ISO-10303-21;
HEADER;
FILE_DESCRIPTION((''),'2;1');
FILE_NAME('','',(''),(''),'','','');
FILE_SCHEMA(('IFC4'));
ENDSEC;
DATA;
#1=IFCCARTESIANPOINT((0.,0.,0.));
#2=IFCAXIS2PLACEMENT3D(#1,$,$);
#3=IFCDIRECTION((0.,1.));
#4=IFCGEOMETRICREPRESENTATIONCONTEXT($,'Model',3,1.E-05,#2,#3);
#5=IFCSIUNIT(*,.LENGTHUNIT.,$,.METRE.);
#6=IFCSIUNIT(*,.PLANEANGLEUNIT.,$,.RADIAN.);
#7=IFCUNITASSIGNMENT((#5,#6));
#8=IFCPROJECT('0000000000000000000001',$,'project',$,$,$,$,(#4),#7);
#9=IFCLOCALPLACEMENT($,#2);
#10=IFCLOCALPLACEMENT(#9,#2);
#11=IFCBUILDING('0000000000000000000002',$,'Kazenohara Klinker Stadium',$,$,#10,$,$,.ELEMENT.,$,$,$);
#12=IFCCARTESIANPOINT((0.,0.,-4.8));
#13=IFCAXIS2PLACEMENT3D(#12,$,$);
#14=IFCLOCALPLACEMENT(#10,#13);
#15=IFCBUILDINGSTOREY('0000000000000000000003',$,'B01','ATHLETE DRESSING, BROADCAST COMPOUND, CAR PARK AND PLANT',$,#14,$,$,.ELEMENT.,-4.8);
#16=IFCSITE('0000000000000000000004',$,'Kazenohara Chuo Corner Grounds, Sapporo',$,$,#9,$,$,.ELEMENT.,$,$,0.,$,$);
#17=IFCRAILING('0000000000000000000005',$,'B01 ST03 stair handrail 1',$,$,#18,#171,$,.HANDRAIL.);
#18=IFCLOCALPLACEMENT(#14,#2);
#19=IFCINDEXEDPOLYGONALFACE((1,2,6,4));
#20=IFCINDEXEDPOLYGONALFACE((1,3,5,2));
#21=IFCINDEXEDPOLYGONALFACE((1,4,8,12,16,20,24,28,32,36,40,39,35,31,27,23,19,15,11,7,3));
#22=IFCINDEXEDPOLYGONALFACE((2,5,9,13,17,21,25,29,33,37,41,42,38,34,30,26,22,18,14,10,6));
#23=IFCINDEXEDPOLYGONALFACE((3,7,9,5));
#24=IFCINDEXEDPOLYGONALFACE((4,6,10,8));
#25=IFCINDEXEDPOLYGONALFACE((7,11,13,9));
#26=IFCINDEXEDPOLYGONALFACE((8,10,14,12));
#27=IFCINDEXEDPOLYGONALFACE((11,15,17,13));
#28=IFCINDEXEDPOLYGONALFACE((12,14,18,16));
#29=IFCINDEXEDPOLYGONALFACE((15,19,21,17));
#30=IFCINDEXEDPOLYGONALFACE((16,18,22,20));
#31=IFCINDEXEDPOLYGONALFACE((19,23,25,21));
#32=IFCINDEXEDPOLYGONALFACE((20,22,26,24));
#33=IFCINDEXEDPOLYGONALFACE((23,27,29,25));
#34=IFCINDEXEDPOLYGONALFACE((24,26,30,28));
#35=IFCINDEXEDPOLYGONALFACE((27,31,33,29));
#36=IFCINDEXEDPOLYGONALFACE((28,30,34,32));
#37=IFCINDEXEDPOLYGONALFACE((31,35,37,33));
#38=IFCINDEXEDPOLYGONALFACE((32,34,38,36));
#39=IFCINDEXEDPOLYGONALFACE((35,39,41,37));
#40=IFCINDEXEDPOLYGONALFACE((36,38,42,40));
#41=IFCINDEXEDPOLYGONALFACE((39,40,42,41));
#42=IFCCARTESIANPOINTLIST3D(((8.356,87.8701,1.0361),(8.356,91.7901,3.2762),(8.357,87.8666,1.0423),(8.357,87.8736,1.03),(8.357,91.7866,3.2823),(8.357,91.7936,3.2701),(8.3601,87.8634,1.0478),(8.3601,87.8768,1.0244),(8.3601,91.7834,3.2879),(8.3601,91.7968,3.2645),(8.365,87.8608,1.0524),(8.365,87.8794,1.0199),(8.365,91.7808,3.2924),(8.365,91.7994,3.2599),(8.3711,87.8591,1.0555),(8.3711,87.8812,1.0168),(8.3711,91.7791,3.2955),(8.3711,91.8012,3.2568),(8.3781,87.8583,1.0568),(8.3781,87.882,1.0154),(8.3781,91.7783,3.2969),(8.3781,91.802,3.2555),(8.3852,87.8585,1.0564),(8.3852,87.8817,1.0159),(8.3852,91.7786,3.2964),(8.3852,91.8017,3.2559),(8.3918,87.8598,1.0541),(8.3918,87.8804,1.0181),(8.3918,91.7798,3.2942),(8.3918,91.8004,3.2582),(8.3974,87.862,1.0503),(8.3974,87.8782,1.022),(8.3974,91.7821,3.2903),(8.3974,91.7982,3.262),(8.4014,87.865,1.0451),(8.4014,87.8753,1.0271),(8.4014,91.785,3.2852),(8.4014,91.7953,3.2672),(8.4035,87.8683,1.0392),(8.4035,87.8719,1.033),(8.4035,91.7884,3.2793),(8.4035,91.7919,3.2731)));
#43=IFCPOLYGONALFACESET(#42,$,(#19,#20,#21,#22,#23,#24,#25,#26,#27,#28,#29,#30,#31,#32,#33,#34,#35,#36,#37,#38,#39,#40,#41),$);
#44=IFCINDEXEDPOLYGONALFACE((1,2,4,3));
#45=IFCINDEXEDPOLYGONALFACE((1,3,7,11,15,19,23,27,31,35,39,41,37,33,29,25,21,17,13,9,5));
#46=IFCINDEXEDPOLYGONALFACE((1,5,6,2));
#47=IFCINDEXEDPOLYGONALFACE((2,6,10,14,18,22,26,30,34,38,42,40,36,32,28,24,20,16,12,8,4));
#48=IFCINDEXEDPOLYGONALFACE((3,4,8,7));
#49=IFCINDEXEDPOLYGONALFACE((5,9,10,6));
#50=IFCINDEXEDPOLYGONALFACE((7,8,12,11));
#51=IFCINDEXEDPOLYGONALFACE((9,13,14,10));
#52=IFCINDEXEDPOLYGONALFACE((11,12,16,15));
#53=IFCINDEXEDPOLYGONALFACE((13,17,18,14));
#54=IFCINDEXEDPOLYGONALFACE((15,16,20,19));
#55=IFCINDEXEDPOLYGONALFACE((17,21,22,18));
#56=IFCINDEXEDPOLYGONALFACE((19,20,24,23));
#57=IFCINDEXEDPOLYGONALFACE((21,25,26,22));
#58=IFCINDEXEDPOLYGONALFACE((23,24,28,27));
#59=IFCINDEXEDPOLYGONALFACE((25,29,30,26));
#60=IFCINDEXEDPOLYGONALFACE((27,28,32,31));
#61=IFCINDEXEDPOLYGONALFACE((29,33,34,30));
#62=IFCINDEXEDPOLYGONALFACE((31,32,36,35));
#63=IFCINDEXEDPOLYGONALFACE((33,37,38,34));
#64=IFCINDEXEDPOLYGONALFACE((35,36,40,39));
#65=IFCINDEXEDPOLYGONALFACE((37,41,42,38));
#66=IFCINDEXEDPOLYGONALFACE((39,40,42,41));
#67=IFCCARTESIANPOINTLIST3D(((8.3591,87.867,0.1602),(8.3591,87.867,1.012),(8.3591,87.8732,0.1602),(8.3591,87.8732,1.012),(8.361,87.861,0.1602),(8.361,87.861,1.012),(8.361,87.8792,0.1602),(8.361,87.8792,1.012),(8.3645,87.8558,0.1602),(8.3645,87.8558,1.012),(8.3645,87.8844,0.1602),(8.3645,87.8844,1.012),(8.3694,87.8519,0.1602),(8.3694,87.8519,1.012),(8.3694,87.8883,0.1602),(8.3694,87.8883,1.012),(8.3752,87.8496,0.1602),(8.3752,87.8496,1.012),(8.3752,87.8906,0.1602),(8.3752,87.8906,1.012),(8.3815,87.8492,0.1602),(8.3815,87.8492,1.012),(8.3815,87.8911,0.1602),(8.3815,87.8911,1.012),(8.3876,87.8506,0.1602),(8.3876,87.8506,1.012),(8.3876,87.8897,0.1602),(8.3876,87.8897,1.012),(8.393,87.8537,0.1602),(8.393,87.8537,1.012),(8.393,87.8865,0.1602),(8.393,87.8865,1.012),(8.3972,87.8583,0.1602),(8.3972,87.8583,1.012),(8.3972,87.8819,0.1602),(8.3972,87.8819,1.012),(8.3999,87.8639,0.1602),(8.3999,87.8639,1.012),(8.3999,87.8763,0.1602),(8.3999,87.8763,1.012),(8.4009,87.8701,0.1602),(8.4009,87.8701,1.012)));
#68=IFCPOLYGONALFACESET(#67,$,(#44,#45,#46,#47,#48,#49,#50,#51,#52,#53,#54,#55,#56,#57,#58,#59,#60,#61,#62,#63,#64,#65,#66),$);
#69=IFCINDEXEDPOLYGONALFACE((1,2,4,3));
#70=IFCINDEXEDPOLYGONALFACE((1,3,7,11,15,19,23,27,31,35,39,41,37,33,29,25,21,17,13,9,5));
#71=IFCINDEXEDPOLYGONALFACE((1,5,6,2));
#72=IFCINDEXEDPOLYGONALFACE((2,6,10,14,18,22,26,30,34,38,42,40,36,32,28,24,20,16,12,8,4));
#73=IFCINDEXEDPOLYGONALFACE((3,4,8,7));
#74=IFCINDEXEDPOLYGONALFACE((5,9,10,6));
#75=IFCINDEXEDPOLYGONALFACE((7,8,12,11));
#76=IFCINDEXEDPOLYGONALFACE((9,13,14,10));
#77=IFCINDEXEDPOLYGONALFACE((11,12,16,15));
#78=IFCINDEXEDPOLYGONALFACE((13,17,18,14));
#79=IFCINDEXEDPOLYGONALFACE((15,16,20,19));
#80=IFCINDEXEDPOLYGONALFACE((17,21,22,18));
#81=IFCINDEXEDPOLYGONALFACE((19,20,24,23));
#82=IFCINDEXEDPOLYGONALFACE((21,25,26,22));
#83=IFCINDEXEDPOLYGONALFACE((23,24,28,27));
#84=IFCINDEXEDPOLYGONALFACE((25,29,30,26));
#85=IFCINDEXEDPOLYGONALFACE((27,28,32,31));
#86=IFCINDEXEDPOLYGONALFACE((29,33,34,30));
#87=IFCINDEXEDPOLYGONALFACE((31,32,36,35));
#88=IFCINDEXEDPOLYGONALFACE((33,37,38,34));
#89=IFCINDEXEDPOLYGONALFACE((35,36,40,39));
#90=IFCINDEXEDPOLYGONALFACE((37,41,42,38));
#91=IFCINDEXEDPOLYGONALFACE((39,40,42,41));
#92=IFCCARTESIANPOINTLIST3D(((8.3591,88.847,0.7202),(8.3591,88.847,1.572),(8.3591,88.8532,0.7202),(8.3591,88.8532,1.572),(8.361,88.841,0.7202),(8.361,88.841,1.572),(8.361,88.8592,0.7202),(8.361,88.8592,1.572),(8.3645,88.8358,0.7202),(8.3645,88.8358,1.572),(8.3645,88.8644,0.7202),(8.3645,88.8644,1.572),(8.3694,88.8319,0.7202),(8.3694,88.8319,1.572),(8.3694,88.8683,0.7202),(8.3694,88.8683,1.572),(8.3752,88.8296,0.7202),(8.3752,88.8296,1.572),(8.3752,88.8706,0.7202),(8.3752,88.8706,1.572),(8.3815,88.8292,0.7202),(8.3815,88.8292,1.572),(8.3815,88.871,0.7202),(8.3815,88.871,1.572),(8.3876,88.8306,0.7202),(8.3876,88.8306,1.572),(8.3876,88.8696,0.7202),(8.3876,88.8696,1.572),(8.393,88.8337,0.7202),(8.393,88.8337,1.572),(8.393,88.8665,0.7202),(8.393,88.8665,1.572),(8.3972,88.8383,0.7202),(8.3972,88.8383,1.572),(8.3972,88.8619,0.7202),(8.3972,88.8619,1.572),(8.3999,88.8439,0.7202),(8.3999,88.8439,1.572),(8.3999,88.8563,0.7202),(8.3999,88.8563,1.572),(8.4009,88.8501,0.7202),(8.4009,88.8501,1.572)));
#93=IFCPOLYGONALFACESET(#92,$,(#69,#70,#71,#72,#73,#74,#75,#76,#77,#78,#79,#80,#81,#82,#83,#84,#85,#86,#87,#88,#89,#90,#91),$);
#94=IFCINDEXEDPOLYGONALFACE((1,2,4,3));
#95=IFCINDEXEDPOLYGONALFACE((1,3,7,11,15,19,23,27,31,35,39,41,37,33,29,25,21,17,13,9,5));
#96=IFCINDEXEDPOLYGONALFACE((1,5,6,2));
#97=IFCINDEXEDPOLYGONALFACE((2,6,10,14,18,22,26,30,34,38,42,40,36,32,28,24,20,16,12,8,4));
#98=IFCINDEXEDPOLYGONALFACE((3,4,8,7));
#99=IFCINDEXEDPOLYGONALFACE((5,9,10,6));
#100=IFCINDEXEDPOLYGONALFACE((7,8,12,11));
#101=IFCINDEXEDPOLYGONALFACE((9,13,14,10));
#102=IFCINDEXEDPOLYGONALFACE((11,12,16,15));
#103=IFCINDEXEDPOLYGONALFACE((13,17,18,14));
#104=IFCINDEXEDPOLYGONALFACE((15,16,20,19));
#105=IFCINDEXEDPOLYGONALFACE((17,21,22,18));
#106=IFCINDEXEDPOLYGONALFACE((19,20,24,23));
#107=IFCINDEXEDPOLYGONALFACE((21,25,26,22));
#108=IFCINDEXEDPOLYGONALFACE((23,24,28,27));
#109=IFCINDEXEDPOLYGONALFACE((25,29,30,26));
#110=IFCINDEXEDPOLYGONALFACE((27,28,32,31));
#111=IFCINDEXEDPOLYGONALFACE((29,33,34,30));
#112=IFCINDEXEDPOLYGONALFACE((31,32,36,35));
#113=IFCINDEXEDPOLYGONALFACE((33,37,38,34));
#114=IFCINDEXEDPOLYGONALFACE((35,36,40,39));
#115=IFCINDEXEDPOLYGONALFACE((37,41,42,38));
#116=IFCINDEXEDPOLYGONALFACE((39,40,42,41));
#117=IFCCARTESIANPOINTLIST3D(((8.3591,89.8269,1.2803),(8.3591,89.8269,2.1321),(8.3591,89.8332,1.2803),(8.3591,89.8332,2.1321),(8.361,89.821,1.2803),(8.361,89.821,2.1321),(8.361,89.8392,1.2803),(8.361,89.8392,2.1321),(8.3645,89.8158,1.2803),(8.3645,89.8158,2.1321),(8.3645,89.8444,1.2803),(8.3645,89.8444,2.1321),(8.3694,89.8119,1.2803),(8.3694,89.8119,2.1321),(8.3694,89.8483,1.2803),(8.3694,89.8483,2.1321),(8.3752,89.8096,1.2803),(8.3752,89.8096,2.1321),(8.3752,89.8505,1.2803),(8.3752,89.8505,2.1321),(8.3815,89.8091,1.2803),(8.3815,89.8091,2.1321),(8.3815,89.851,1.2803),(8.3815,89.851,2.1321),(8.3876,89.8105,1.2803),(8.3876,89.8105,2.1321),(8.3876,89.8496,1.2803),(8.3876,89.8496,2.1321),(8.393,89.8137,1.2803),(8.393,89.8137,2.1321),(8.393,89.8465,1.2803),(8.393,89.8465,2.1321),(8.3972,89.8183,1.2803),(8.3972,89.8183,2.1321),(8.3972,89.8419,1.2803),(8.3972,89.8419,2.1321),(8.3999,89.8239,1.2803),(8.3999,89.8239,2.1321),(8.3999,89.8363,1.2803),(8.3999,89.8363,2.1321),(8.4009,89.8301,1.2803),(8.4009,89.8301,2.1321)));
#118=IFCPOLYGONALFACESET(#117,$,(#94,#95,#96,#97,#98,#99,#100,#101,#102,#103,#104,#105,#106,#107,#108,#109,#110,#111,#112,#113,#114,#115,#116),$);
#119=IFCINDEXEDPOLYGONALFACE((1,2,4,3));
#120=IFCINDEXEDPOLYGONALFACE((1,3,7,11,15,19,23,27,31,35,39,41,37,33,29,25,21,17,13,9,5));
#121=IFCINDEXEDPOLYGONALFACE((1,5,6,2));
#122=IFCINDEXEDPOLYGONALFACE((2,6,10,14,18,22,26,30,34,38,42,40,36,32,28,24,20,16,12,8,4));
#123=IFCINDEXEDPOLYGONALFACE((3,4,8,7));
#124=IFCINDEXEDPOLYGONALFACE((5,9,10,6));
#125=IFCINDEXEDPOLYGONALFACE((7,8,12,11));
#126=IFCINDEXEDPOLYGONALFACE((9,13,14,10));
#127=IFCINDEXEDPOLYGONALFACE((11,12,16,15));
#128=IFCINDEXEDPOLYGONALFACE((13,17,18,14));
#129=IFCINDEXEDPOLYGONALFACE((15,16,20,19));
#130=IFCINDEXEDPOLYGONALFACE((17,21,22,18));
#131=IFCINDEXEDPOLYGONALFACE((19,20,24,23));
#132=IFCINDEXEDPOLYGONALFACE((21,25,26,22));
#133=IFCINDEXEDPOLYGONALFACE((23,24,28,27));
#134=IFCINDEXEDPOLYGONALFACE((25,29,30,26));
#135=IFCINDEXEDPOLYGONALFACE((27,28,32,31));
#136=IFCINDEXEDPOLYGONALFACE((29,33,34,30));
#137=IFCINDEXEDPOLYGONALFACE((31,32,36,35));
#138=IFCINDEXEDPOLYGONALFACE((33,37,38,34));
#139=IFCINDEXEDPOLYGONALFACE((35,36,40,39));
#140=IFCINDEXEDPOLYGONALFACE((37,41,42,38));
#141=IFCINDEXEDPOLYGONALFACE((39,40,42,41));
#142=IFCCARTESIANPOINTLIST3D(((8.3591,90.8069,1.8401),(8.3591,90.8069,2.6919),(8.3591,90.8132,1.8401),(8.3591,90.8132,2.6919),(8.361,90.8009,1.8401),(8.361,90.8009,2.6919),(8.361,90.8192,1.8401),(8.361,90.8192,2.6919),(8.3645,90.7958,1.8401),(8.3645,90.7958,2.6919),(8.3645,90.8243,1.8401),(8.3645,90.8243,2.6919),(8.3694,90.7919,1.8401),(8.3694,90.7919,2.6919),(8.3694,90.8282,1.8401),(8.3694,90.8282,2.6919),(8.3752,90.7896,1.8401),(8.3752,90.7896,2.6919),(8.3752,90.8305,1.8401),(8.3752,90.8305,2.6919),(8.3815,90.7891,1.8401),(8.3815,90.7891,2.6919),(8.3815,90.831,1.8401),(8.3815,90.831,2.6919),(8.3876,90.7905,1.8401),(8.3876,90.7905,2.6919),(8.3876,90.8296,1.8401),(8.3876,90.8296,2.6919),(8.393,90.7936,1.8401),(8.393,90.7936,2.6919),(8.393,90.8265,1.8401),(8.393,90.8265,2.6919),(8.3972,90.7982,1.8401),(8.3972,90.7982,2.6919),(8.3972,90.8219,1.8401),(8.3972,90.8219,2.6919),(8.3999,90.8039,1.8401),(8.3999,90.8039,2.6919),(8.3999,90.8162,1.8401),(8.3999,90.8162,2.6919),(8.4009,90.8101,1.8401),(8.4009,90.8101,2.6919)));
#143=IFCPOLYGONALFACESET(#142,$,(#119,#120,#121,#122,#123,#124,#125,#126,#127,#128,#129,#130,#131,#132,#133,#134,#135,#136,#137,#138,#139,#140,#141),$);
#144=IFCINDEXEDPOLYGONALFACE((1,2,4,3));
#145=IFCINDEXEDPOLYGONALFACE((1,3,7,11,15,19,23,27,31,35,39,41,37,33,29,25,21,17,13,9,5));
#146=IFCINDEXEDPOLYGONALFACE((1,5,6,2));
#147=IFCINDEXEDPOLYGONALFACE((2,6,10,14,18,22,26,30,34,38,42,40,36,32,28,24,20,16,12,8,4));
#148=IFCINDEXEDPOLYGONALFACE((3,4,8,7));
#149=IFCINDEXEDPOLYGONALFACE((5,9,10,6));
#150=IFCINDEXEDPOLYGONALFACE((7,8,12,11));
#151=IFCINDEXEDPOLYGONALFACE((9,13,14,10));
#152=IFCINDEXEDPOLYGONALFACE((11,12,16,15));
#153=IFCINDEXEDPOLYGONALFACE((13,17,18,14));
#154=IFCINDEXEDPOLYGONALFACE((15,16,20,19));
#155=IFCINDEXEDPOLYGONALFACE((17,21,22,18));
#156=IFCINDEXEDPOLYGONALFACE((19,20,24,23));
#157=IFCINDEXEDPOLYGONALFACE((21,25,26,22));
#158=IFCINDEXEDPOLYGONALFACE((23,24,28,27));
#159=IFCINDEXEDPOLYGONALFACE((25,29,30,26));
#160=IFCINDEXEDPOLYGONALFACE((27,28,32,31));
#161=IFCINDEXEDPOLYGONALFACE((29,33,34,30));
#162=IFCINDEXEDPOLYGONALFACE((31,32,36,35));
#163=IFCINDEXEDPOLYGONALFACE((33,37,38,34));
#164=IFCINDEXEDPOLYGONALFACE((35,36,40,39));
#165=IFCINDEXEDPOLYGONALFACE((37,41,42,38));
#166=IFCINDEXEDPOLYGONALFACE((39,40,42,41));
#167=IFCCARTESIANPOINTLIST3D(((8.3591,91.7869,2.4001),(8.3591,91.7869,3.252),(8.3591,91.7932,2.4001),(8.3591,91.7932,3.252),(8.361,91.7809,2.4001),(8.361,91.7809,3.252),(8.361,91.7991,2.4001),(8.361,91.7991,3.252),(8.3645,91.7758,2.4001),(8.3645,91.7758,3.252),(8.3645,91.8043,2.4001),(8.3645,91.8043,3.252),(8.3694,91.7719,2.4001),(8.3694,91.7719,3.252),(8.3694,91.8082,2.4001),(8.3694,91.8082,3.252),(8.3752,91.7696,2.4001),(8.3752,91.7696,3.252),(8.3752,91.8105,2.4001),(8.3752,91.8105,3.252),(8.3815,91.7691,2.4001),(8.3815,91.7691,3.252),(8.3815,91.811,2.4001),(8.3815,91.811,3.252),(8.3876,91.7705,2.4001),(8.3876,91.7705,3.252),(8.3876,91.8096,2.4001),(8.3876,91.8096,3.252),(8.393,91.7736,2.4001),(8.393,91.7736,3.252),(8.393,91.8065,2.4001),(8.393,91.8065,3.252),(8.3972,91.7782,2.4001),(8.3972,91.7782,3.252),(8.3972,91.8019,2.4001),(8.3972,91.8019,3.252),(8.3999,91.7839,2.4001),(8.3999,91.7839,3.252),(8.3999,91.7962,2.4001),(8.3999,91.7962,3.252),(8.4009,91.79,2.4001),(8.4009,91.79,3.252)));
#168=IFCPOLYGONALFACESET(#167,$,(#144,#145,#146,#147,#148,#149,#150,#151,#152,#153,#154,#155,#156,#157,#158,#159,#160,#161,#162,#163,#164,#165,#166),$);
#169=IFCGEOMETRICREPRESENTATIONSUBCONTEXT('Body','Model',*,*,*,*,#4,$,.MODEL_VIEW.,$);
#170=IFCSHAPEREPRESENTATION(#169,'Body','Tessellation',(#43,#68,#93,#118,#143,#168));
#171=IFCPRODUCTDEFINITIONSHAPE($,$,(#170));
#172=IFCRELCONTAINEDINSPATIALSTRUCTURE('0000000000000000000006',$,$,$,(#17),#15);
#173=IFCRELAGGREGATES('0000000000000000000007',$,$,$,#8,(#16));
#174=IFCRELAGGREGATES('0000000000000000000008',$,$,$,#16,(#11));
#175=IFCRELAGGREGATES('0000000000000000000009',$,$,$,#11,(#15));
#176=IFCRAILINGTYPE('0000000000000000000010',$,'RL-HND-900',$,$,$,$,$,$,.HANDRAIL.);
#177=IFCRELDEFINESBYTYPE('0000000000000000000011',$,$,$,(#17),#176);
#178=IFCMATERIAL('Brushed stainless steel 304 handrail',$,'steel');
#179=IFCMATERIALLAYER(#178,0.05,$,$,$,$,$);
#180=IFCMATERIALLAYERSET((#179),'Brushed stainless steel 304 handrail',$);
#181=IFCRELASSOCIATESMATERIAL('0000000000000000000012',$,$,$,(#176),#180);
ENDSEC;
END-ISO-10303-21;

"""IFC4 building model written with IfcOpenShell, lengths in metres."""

from ifc_helpers import new_model, si_unit, direction, frame, origin, origin_2d, place, context, subcontext, project, spatial, circle, extrude, material, layer, layer_set, type_object, element, save


model = new_model("IFC4")

# Units and contexts
model_context = context("Model", 3, precision=1e-05, world=origin(), true_north=direction((0.0, 1.0)))
body_context = subcontext(model_context, "Body", "Model", "MODEL_VIEW")
ifc_project = project(units=[si_unit("LENGTHUNIT", "METRE"), si_unit("PLANEANGLEUNIT", "RADIAN")], contexts=[model_context])

# Site, building, storey
site_placement = place(None, origin())
site = spatial("IfcSite", under=ifc_project, at=site_placement, Name="Kazenohara Chuo Corner Grounds, Sapporo", CompositionType="ELEMENT", RefElevation=0.0)
building_placement = place(site_placement, origin())
building = spatial("IfcBuilding", under=site, at=building_placement, Name="Kazenohara Klinker Stadium", CompositionType="ELEMENT")
storey_placement = place(building_placement, frame((0.0, 0.0, -4.8)))
storey = spatial("IfcBuildingStorey", under=building, at=storey_placement, Name="B01", Description="ATHLETE DRESSING, BROADCAST COMPOUND, CAR PARK AND PLANT", CompositionType="ELEMENT", Elevation=-4.8)

# Railing
ifc_material_1 = material(Name="Brushed stainless steel 304 handrail", Category="steel")
ifc_layer_1 = layer(ifc_material_1, 0.05)
ifc_layer_set_1 = layer_set([ifc_layer_1], Name="Brushed stainless steel 304 handrail")
railing_type_1 = type_object("IfcRailingType", Name="RL-HND-900", PredefinedType="HANDRAIL", material=ifc_layer_set_1)
railing_1_placement = place(storey_placement, frame((8.3799, 87.8701, 0.1602)))
element("IfcRailing", 1, at=railing_1_placement, inside=storey, type_object=railing_type_1, Name="B01 ST03 stair handrail 1", PredefinedType="HANDRAIL", context=body_context, shape_type="SweptSolid", body=[
    extrude(circle(Radius=0.0239, at=origin_2d()), frame((0.0, 0.0, 0.876), z_axis=(0.0, 0.86824, 0.496145), x_axis=(-1.0, 0.0, 0.0)), (0.0, 0.0, 1.0), 4.5149),
    extrude(circle(Radius=0.021, at=origin_2d()), origin(), (0.0, 0.0, 1.0), 0.8518),
    extrude(circle(Radius=0.021, at=origin_2d()), frame((0.0, 0.98, 0.5601)), (0.0, 0.0, 1.0), 0.8518),
    extrude(circle(Radius=0.021, at=origin_2d()), frame((0.0, 1.96, 1.1201)), (0.0, 0.0, 1.0), 0.8518),
    extrude(circle(Radius=0.021, at=origin_2d()), frame((0.0, 2.9399, 1.6799)), (0.0, 0.0, 1.0), 0.8518),
    extrude(circle(Radius=0.021, at=origin_2d()), frame((0.0, 3.9199, 2.24)), (0.0, 0.0, 1.0), 0.8518),
])

save(model, "model.ifc")
